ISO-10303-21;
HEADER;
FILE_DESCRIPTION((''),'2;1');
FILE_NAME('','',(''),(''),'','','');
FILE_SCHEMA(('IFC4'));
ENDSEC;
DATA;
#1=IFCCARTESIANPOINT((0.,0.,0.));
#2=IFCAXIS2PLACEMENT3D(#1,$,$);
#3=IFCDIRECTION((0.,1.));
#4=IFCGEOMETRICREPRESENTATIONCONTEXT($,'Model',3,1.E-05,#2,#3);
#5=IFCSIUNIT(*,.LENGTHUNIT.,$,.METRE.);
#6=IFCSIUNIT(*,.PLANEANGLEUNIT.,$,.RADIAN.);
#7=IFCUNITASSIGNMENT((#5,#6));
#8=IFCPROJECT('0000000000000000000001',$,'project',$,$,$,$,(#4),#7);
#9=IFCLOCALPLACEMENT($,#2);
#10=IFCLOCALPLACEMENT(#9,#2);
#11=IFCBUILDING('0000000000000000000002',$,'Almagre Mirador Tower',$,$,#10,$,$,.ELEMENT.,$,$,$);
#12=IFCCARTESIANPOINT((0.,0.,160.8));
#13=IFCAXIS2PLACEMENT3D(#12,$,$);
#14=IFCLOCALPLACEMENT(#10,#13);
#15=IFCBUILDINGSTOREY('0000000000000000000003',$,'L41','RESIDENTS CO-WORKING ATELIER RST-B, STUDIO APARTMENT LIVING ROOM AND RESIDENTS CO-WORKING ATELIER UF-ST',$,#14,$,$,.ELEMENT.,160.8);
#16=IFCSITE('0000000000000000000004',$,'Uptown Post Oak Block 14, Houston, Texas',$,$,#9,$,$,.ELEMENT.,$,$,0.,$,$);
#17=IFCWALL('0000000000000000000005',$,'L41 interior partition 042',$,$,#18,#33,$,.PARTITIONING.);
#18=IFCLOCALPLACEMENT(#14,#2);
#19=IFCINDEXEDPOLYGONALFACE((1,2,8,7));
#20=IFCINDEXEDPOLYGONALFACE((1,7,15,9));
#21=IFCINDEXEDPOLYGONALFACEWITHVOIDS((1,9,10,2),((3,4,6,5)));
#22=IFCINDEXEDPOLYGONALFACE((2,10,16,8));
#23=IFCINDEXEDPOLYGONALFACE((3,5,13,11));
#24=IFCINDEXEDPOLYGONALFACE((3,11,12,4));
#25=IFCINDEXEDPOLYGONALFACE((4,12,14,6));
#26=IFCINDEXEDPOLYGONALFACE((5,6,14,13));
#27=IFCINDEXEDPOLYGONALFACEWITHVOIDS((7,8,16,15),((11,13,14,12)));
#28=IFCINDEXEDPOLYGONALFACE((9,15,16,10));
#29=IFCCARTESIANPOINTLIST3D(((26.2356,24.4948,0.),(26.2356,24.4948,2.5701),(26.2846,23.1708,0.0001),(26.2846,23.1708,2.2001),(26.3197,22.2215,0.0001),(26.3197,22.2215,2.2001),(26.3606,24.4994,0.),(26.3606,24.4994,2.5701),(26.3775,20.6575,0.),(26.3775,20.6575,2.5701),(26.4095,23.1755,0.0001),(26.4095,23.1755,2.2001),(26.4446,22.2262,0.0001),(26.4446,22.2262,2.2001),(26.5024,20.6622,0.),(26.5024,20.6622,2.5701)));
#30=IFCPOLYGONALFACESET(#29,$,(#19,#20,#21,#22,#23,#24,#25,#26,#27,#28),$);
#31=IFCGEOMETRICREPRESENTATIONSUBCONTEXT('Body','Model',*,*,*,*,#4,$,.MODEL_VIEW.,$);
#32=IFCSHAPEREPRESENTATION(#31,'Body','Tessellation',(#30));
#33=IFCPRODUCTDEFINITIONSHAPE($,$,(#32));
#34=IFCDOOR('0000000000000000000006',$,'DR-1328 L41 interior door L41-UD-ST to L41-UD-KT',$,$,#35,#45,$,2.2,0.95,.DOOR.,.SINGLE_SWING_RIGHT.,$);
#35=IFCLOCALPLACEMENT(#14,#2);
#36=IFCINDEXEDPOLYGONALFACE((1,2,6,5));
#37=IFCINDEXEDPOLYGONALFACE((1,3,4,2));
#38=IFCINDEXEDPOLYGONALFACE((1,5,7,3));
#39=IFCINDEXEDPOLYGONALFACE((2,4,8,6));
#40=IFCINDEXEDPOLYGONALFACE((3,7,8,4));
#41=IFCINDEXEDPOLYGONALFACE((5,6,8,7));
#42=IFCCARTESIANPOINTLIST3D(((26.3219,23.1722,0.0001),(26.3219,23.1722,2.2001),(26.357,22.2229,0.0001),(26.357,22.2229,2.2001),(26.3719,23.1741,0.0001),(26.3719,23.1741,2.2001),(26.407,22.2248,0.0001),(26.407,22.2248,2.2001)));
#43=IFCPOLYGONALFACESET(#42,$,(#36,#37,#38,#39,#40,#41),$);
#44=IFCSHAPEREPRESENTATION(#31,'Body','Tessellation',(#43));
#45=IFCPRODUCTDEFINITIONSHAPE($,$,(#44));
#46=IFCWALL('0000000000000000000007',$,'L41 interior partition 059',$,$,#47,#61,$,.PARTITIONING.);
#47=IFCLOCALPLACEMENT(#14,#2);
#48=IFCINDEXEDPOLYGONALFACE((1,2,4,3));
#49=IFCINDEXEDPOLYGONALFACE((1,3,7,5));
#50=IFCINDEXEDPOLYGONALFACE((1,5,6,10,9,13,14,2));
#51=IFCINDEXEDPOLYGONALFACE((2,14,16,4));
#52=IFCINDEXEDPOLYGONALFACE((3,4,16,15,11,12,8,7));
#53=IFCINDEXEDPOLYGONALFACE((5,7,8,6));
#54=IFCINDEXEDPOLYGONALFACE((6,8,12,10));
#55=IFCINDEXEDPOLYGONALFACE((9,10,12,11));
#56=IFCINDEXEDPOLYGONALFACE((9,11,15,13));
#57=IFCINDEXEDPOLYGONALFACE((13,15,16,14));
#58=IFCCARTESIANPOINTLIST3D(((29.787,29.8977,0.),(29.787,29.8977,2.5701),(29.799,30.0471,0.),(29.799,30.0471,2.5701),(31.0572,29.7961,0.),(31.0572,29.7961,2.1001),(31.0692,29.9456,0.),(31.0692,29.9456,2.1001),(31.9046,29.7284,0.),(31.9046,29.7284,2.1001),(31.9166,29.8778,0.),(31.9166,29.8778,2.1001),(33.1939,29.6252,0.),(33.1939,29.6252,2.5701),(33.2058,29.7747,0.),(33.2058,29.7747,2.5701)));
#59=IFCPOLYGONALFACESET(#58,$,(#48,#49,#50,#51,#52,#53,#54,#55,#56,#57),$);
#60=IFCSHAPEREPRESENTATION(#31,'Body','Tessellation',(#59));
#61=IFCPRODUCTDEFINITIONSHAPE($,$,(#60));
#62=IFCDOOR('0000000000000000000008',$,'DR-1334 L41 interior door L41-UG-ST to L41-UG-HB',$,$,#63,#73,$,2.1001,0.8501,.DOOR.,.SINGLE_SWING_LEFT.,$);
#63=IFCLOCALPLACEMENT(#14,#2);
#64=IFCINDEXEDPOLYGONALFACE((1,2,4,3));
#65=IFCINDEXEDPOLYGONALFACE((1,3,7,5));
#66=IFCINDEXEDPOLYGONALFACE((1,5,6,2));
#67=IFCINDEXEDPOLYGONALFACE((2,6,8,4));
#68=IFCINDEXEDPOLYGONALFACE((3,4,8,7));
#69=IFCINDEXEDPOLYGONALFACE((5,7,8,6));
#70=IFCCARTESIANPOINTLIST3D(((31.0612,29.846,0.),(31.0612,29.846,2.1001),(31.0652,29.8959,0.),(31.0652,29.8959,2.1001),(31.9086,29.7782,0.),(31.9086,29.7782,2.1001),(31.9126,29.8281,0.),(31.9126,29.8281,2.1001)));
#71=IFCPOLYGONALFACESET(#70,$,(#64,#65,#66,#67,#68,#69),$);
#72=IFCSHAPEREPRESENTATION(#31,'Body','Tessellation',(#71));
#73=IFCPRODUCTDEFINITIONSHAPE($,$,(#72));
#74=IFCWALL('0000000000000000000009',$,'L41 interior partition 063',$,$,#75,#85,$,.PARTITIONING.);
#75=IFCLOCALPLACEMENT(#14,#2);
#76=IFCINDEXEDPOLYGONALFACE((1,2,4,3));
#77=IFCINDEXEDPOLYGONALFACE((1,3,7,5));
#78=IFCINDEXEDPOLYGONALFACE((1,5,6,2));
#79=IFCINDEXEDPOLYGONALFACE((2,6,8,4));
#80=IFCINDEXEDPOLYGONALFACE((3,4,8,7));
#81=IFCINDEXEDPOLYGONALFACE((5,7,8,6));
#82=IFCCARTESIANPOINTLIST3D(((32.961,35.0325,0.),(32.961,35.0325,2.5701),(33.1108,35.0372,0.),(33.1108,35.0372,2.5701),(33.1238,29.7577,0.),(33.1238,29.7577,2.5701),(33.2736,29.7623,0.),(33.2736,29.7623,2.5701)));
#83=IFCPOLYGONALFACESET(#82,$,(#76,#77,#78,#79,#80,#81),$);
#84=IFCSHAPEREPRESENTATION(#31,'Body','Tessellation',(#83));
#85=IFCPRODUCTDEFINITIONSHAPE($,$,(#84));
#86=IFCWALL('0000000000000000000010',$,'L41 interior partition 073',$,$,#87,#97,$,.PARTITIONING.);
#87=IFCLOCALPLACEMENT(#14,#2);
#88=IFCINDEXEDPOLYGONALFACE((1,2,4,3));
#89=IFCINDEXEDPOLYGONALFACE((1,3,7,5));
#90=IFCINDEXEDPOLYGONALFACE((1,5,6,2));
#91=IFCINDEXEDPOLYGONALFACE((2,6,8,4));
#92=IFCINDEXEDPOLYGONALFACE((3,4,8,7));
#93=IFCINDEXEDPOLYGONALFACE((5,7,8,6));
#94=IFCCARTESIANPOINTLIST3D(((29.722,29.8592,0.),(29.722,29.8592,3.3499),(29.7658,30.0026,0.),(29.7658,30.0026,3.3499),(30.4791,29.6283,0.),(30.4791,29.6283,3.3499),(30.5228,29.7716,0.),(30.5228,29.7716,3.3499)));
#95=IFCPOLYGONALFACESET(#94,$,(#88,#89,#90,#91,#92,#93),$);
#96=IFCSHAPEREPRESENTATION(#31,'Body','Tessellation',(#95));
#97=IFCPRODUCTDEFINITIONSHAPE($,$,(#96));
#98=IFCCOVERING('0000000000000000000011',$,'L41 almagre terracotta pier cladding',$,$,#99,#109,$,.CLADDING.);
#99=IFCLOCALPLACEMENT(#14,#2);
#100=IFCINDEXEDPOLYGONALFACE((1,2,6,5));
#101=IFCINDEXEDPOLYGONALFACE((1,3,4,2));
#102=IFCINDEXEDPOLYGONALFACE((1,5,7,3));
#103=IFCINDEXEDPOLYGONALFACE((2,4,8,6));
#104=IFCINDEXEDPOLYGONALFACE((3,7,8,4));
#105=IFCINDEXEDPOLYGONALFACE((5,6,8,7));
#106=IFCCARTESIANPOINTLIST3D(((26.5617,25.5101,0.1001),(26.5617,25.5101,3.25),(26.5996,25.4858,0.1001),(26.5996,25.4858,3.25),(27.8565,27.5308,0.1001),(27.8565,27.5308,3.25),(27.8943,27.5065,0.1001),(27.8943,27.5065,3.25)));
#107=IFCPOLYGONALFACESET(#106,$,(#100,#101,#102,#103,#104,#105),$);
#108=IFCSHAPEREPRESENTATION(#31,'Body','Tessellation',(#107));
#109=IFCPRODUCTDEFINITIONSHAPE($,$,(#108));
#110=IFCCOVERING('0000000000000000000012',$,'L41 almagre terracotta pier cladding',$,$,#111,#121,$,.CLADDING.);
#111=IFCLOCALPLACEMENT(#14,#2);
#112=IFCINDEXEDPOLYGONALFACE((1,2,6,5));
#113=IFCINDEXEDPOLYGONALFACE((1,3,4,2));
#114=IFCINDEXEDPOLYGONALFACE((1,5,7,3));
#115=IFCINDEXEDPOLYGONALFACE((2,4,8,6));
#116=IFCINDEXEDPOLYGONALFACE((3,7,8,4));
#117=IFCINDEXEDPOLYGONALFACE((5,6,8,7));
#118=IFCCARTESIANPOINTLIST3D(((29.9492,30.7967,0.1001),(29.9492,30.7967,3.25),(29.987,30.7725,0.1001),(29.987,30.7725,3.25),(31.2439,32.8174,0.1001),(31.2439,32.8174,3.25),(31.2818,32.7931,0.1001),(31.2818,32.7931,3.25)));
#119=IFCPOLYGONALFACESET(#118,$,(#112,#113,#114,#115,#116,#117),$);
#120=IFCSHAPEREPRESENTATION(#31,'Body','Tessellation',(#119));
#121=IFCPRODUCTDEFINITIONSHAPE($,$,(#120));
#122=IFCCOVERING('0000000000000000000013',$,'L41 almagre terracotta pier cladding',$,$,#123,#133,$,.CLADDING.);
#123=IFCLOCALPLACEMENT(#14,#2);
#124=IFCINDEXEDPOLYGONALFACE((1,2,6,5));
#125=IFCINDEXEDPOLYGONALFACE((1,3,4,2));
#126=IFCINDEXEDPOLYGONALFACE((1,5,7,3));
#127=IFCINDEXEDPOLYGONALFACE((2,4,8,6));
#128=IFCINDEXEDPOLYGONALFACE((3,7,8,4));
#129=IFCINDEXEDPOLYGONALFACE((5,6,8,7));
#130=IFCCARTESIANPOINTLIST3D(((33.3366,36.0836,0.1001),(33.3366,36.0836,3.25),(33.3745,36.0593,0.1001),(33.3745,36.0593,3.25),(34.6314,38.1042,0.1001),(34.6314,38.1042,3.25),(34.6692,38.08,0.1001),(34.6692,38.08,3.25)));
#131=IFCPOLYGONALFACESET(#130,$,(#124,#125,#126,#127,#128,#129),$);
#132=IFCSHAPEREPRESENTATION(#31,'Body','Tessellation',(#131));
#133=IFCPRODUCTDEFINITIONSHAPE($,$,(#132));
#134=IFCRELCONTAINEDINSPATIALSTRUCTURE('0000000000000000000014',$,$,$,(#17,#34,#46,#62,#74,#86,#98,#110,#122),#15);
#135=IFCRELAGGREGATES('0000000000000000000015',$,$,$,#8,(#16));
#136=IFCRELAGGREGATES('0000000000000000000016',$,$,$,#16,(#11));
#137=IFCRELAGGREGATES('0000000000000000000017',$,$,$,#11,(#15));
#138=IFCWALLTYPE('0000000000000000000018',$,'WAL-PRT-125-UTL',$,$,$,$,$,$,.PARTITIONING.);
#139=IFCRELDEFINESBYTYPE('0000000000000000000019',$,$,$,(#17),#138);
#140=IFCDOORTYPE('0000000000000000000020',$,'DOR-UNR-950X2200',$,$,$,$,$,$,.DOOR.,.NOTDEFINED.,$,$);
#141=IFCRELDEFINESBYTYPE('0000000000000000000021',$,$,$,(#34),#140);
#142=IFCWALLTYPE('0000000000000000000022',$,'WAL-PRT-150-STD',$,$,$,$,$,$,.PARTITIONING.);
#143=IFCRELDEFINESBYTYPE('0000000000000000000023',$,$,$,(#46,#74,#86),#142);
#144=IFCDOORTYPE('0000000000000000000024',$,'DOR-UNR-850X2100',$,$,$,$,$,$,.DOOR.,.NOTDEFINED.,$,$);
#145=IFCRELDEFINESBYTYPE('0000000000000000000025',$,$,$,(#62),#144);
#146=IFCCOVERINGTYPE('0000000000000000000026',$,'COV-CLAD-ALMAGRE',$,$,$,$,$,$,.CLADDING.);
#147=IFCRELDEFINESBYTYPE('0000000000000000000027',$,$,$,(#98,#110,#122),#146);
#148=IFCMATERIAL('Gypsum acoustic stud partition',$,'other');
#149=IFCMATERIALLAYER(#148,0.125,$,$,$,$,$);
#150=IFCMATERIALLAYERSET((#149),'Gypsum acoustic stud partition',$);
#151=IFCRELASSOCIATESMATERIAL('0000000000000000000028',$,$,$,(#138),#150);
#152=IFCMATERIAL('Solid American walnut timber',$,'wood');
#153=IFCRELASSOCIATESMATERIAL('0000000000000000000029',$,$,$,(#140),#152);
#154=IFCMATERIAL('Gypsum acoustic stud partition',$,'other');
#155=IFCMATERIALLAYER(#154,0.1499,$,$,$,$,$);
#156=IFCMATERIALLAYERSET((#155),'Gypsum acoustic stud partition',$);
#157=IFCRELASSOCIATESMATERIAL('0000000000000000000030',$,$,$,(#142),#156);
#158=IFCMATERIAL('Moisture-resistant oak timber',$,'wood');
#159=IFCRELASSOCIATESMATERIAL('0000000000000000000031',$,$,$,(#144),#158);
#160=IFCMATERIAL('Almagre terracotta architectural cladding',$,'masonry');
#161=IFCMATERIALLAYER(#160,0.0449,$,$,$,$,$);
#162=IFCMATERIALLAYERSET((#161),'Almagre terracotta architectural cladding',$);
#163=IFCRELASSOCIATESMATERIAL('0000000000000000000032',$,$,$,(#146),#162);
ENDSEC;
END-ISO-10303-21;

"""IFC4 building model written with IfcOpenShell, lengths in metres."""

from ifc_helpers import new_model, si_unit, direction, frame, frame_2d, origin, origin_2d, place, context, subcontext, project, spatial, rectangle, extrude, material, layer, layer_set, type_object, element, fill, save


model = new_model("IFC4")

# Units and contexts
model_context = context("Model", 3, precision=1e-05, world=origin(), true_north=direction((0.0, 1.0)))
body_context = subcontext(model_context, "Body", "Model", "MODEL_VIEW")
ifc_project = project(units=[si_unit("LENGTHUNIT", "METRE"), si_unit("PLANEANGLEUNIT", "RADIAN")], contexts=[model_context])

# Site, building, storey
site_placement = place(None, origin())
site = spatial("IfcSite", under=ifc_project, at=site_placement, Name="Uptown Post Oak Block 14, Houston, Texas", CompositionType="ELEMENT", RefElevation=0.0)
building_placement = place(site_placement, origin())
building = spatial("IfcBuilding", under=site, at=building_placement, Name="Almagre Mirador Tower", CompositionType="ELEMENT")
storey_placement = place(building_placement, frame((0.0, 0.0, 160.8)))
storey = spatial("IfcBuildingStorey", under=building, at=storey_placement, Name="L41", Description="RESIDENTS CO-WORKING ATELIER RST-B, STUDIO APARTMENT LIVING ROOM AND RESIDENTS CO-WORKING ATELIER UF-ST", CompositionType="ELEMENT", Elevation=160.8)

# Walls, openings, doors
ifc_material_1 = material(Name="Gypsum acoustic stud partition", Category="other")
ifc_layer_1 = layer(ifc_material_1, 0.125)
ifc_layer_set_1 = layer_set([ifc_layer_1], Name="Gypsum acoustic stud partition")
wall_type_1 = type_object("IfcWallType", Name="WAL-PRT-125-UTL", PredefinedType="PARTITIONING", material=ifc_layer_set_1)
wall_1_placement = place(storey_placement, frame((26.2981, 24.4971, 0.0), z_axis=(0.0, 0.0, 1.0), x_axis=(0.036941, -0.999317, 0.0)))
wall_1 = element("IfcWall", 1, at=wall_1_placement, inside=storey, type_object=wall_type_1, Name="L41 interior partition 042", PredefinedType="PARTITIONING", context=body_context, shape_type="SweptSolid", body=[
    extrude(rectangle(XDim=3.8398, YDim=0.125, at=frame_2d((1.9199, 0.0))), origin(), (0.0, 0.0, 1.0), 2.5701),
])
opening_1_placement = place(wall_1_placement, frame((1.3247, 0.0, 0.0)))
opening_1 = element("IfcOpeningElement", 2, at=opening_1_placement, cuts=wall_1, PredefinedType="OPENING", context=body_context, shape_type="SweptSolid", body=[
    extrude(rectangle(XDim=0.95, YDim=2.2, at=frame_2d((0.4751, 1.1001))), frame((0.0, 0.0725, 0.0), z_axis=(0.0, -1.0, 0.0), x_axis=(1.0, 0.0, 0.0)), (0.0, 0.0, 1.0), 0.145),
])
ifc_material_2 = material(Name="Solid American walnut timber", Category="wood")
door_type_1 = type_object("IfcDoorType", Name="DOR-UNR-950X2200", OperationType="NOTDEFINED", PredefinedType="DOOR", material=ifc_material_2)
door_1_placement = place(opening_1_placement, origin())
door_1 = element("IfcDoor", 3, at=door_1_placement, inside=storey, type_object=door_type_1, Name="DR-1328 L41 interior door L41-UD-ST to L41-UD-KT", OperationType="SINGLE_SWING_RIGHT", OverallHeight=2.2, OverallWidth=0.95, PredefinedType="DOOR", context=body_context, shape_type="SweptSolid", body=[
    extrude(rectangle(XDim=0.95, YDim=2.2, at=frame_2d((0.4751, 1.1001))), frame((0.0, 0.0249, 0.0), z_axis=(0.0, -1.0, 0.0), x_axis=(1.0, 0.0, 0.0)), (0.0, 0.0, 1.0), 0.05),
])
fill(opening_1, door_1)
ifc_material_3 = material(Name="Gypsum acoustic stud partition", Category="other")
ifc_layer_2 = layer(ifc_material_3, 0.1499)
ifc_layer_set_2 = layer_set([ifc_layer_2], Name="Gypsum acoustic stud partition")
wall_type_2 = type_object("IfcWallType", Name="WAL-PRT-150-STD", PredefinedType="PARTITIONING", material=ifc_layer_set_2)
wall_2_placement = place(storey_placement, frame((33.2, 29.7, 0.0), z_axis=(0.0, 0.0, 1.0), x_axis=(-0.996817, 0.079723, 0.0)))
wall_2 = element("IfcWall", 4, at=wall_2_placement, inside=storey, type_object=wall_type_2, Name="L41 interior partition 059", PredefinedType="PARTITIONING", context=body_context, shape_type="SweptSolid", body=[
    extrude(rectangle(XDim=3.4177, YDim=0.1499, at=frame_2d((1.709, 0.0))), origin(), (0.0, 0.0, 1.0), 2.5701),
])
opening_2_placement = place(wall_2_placement, frame((1.2935, 0.0, 0.0)))
opening_2 = element("IfcOpeningElement", 5, at=opening_2_placement, cuts=wall_2, PredefinedType="OPENING", context=body_context, shape_type="SweptSolid", body=[
    extrude(rectangle(XDim=0.8501, YDim=2.1001, at=frame_2d((0.425, 1.05))), frame((0.0, 0.085, 0.0), z_axis=(0.0, -1.0, 0.0), x_axis=(1.0, 0.0, 0.0)), (0.0, 0.0, 1.0), 0.1699),
])
ifc_material_4 = material(Name="Moisture-resistant oak timber", Category="wood")
door_type_2 = type_object("IfcDoorType", Name="DOR-UNR-850X2100", OperationType="NOTDEFINED", PredefinedType="DOOR", material=ifc_material_4)
door_2_placement = place(opening_2_placement, origin())
door_2 = element("IfcDoor", 6, at=door_2_placement, inside=storey, type_object=door_type_2, Name="DR-1334 L41 interior door L41-UG-ST to L41-UG-HB", OperationType="SINGLE_SWING_LEFT", OverallHeight=2.1001, OverallWidth=0.8501, PredefinedType="DOOR", context=body_context, shape_type="SweptSolid", body=[
    extrude(rectangle(XDim=0.8501, YDim=2.1001, at=frame_2d((0.425, 1.05))), frame((0.0, 0.0249, 0.0), z_axis=(0.0, -1.0, 0.0), x_axis=(1.0, 0.0, 0.0)), (0.0, 0.0, 1.0), 0.05),
])
fill(opening_2, door_2)

# Walls
wall_3_placement = place(storey_placement, frame((33.1987, 29.76, 0.0), z_axis=(0.0, 0.0, 1.0), x_axis=(-0.030856, 0.999524, 0.0)))
element("IfcWall", 7, at=wall_3_placement, inside=storey, type_object=wall_type_2, Name="L41 interior partition 063", PredefinedType="PARTITIONING", context=body_context, shape_type="SweptSolid", body=[
    extrude(rectangle(XDim=5.2773, YDim=0.1499, at=frame_2d((2.6387, 0.0))), origin(), (0.0, 0.0, 1.0), 2.5701),
])
wall_4_placement = place(storey_placement, frame((29.7439, 29.9309, 0.0), z_axis=(0.0, 0.0, 1.0), x_axis=(0.956483, -0.291788, 0.0)))
element("IfcWall", 8, at=wall_4_placement, inside=storey, type_object=wall_type_2, Name="L41 interior partition 073", PredefinedType="PARTITIONING", context=body_context, shape_type="SweptSolid", body=[
    extrude(rectangle(XDim=0.7915, YDim=0.1499, at=frame_2d((0.3958, 0.0))), origin(), (0.0, 0.0, 1.0), 3.3499),
])

# Coverings
ifc_material_5 = material(Name="Almagre terracotta architectural cladding", Category="masonry")
ifc_layer_3 = layer(ifc_material_5, 0.0449)
ifc_layer_set_3 = layer_set([ifc_layer_3], Name="Almagre terracotta architectural cladding")
covering_type = type_object("IfcCoveringType", Name="COV-CLAD-ALMAGRE", PredefinedType="CLADDING", material=ifc_layer_set_3)
for number, where, z_axis, x_axis, name in (
    (9, (27.228, 26.5083, 0.1001), (0.0, 0.0, 1.0), (0.539506, 0.841982, 0.0), "L41 almagre terracotta pier cladding"),
    (10, (30.6155, 31.7949, 0.1001), (0.0, 0.0, 1.0), (0.539506, 0.841982, 0.0), "L41 almagre terracotta pier cladding"),
    (11, (34.0029, 37.0818, 0.1001), (0.0, 0.0, 1.0), (0.539506, 0.841982, 0.0), "L41 almagre terracotta pier cladding"),
):
    element("IfcCovering", number, at=place(storey_placement, frame(where, z_axis=z_axis, x_axis=x_axis)), inside=storey, type_object=covering_type, Name=name, PredefinedType="CLADDING", context=body_context, shape_type="SweptSolid", body=[
        extrude(rectangle(XDim=2.3999, YDim=0.0449, at=origin_2d()), origin(), (0.0, 0.0, 1.0), 3.1499),
    ])

save(model, "model.ifc")
